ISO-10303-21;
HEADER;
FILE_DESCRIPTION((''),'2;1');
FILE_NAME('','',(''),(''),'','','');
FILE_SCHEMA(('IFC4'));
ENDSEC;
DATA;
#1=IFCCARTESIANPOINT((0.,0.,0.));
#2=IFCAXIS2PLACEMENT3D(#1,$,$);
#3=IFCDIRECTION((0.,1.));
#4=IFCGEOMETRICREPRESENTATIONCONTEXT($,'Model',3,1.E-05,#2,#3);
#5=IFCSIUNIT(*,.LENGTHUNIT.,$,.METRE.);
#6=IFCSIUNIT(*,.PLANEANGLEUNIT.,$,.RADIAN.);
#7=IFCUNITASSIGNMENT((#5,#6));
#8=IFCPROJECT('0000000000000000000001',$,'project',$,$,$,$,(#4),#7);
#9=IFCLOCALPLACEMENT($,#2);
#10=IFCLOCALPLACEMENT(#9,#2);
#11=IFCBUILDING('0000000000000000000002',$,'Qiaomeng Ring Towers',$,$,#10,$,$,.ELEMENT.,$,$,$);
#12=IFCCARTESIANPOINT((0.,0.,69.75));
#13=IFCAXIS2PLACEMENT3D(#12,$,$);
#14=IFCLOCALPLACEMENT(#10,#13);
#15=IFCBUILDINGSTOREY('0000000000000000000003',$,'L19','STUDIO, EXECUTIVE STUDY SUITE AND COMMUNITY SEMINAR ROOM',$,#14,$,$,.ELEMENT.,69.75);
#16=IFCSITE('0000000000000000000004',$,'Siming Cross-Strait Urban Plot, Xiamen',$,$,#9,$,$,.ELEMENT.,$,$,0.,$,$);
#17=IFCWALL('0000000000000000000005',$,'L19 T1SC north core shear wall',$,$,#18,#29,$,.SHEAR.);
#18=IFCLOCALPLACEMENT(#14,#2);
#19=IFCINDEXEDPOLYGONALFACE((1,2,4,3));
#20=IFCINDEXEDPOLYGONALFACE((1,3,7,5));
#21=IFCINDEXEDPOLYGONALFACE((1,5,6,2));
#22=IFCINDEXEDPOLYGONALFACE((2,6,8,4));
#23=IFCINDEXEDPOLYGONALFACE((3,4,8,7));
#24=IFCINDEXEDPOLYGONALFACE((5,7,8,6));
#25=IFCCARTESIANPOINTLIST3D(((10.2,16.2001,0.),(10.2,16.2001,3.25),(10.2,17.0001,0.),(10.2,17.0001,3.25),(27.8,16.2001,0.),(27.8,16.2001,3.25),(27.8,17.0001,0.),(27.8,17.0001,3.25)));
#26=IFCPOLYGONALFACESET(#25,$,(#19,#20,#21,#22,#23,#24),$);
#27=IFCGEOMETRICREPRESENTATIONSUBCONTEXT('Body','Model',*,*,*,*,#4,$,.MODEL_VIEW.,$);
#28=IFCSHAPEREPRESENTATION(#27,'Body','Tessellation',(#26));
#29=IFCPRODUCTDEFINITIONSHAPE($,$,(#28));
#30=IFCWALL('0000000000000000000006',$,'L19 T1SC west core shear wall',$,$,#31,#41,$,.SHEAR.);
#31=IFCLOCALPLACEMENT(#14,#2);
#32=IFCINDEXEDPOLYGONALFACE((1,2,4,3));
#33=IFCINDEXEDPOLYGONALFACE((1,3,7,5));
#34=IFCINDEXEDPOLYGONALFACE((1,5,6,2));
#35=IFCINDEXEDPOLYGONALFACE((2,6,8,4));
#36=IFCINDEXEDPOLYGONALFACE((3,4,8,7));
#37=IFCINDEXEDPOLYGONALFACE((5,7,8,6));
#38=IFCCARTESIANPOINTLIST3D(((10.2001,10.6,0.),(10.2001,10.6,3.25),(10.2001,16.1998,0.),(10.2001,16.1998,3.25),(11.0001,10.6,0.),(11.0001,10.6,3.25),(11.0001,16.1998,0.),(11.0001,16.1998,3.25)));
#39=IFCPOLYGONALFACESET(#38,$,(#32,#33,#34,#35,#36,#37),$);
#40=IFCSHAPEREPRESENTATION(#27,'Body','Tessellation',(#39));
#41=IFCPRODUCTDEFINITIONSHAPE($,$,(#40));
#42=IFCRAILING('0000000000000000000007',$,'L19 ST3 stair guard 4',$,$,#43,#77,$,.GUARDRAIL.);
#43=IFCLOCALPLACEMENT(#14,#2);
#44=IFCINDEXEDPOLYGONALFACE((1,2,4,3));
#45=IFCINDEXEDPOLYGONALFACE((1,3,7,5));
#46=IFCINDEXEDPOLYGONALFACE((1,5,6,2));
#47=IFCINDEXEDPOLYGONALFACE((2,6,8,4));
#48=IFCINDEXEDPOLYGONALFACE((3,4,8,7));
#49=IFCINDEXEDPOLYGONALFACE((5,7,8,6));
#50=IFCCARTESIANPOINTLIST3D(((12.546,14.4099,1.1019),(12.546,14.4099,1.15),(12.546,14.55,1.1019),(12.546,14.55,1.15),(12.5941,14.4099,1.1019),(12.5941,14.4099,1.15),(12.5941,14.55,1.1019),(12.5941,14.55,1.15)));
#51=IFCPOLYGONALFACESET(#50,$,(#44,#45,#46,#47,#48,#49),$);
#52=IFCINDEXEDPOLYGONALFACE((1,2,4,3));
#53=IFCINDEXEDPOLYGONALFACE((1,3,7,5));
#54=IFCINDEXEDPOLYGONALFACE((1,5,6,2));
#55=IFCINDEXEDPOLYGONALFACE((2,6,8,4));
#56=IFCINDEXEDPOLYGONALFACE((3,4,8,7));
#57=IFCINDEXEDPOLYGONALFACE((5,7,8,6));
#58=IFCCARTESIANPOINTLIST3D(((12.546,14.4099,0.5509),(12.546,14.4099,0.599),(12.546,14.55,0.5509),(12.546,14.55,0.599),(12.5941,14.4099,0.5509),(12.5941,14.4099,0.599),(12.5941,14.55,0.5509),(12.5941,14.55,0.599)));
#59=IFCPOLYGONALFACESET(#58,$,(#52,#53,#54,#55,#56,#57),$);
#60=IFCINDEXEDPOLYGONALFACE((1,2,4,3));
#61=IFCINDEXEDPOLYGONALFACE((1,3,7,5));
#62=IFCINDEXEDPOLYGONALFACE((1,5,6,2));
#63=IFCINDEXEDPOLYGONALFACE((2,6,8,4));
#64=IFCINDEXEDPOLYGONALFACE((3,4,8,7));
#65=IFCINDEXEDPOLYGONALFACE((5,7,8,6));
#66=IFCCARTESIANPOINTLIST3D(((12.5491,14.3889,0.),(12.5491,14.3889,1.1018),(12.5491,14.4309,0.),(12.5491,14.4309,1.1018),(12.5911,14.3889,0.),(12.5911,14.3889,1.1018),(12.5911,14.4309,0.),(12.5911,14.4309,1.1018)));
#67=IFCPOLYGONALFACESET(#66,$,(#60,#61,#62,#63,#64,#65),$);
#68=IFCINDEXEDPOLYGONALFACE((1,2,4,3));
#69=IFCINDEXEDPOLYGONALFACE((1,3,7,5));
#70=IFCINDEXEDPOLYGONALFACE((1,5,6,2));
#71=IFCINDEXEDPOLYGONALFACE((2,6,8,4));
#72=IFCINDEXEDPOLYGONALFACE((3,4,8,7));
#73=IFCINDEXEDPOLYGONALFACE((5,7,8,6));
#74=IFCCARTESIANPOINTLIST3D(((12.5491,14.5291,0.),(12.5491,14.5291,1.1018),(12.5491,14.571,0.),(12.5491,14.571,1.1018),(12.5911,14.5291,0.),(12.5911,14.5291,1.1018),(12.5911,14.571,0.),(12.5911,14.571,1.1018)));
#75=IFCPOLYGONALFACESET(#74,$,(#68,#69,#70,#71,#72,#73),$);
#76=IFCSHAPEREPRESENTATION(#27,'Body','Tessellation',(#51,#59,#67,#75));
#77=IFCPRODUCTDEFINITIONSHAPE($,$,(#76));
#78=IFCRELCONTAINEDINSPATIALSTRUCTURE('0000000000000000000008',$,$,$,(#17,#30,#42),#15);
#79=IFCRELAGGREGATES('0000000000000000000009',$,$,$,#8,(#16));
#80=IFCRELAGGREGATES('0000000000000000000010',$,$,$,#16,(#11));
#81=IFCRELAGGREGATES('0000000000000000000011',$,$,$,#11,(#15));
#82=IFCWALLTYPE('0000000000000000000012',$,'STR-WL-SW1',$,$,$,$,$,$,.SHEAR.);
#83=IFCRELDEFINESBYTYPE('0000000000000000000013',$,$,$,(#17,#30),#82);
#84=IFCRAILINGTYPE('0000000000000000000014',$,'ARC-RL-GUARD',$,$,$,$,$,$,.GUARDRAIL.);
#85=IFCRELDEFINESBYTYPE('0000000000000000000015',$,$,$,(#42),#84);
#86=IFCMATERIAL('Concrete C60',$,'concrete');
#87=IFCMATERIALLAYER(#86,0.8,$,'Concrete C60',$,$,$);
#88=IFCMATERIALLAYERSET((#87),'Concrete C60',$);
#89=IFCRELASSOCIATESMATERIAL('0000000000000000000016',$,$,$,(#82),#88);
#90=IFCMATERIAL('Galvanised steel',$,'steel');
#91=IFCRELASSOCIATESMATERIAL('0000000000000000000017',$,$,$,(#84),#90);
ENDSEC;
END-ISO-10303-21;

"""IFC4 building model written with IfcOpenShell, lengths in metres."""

from ifc_helpers import new_model, si_unit, direction, frame, frame_2d, origin, origin_2d, place, context, subcontext, project, spatial, rectangle, extrude, material, layer, layer_set, type_object, element, save


model = new_model("IFC4")

# Units and contexts
model_context = context("Model", 3, precision=1e-05, world=origin(), true_north=direction((0.0, 1.0)))
body_context = subcontext(model_context, "Body", "Model", "MODEL_VIEW")
ifc_project = project(units=[si_unit("LENGTHUNIT", "METRE"), si_unit("PLANEANGLEUNIT", "RADIAN")], contexts=[model_context])

# Site, building, storey
site_placement = place(None, origin())
site = spatial("IfcSite", under=ifc_project, at=site_placement, Name="Siming Cross-Strait Urban Plot, Xiamen", CompositionType="ELEMENT", RefElevation=0.0)
building_placement = place(site_placement, origin())
building = spatial("IfcBuilding", under=site, at=building_placement, Name="Qiaomeng Ring Towers", CompositionType="ELEMENT")
storey_placement = place(building_placement, frame((0.0, 0.0, 69.75)))
storey = spatial("IfcBuildingStorey", under=building, at=storey_placement, Name="L19", Description="STUDIO, EXECUTIVE STUDY SUITE AND COMMUNITY SEMINAR ROOM", CompositionType="ELEMENT", Elevation=69.75)

# Shared definitions
ifc_material_1 = material(Name="Galvanised steel", Category="steel")

# Shared definitions
ifc_material_2 = material(Name="Concrete C60", Category="concrete")
ifc_layer_1 = layer(ifc_material_2, 0.8, Name="Concrete C60")
ifc_layer_set_1 = layer_set([ifc_layer_1], Name="Concrete C60")
wall_type_1 = type_object("IfcWallType", Name="STR-WL-SW1", PredefinedType="SHEAR", material=ifc_layer_set_1)

# Walls
wall_1_placement = place(storey_placement, frame((10.2, 16.6001, 0.0), z_axis=(0.0, 0.0, 1.0), x_axis=(1.0, 0.0, 0.0)))
element("IfcWall", 1, at=wall_1_placement, inside=storey, type_object=wall_type_1, Name="L19 T1SC north core shear wall", PredefinedType="SHEAR", context=body_context, shape_type="SweptSolid", body=[
    extrude(rectangle(XDim=17.6001, YDim=0.8, at=frame_2d((8.8, 0.0))), origin(), (0.0, 0.0, 1.0), 3.25),
])
wall_2_placement = place(storey_placement, frame((10.6001, 10.6001, 0.0), z_axis=(0.0, 0.0, 1.0), x_axis=(0.0, 1.0, 0.0)))
element("IfcWall", 2, at=wall_2_placement, inside=storey, type_object=wall_type_1, Name="L19 T1SC west core shear wall", PredefinedType="SHEAR", context=body_context, shape_type="SweptSolid", body=[
    extrude(rectangle(XDim=5.5999, YDim=0.8, at=frame_2d((2.7998, 0.0))), origin(), (0.0, 0.0, 1.0), 3.25),
])

# Railing
railing_type = type_object("IfcRailingType", Name="ARC-RL-GUARD", PredefinedType="GUARDRAIL", material=ifc_material_1)
railing_placement = place(storey_placement, frame((12.5701, 14.4099, 0.0)))
element("IfcRailing", 3, at=railing_placement, inside=storey, type_object=railing_type, Name="L19 ST3 stair guard 4", PredefinedType="GUARDRAIL", context=body_context, shape_type="SweptSolid", body=[
    extrude(rectangle(XDim=0.0481, YDim=0.0481, at=origin_2d()), frame((0.0, 0.0, 1.126), z_axis=(0.0, 1.0, 0.0), x_axis=(-1.0, 0.0, 0.0)), (0.0, 0.0, 1.0), 0.1401),
    extrude(rectangle(XDim=0.0481, YDim=0.0481, at=origin_2d()), frame((0.0, 0.0, 0.575), z_axis=(0.0, 1.0, 0.0), x_axis=(-1.0, 0.0, 0.0)), (0.0, 0.0, 1.0), 0.1401),
    extrude(rectangle(XDim=0.042, YDim=0.042, at=origin_2d()), origin(), (0.0, 0.0, 1.0), 1.1018),
    extrude(rectangle(XDim=0.042, YDim=0.042, at=origin_2d()), frame((0.0, 0.1401, 0.0)), (0.0, 0.0, 1.0), 1.1018),
])

save(model, "model.ifc")
